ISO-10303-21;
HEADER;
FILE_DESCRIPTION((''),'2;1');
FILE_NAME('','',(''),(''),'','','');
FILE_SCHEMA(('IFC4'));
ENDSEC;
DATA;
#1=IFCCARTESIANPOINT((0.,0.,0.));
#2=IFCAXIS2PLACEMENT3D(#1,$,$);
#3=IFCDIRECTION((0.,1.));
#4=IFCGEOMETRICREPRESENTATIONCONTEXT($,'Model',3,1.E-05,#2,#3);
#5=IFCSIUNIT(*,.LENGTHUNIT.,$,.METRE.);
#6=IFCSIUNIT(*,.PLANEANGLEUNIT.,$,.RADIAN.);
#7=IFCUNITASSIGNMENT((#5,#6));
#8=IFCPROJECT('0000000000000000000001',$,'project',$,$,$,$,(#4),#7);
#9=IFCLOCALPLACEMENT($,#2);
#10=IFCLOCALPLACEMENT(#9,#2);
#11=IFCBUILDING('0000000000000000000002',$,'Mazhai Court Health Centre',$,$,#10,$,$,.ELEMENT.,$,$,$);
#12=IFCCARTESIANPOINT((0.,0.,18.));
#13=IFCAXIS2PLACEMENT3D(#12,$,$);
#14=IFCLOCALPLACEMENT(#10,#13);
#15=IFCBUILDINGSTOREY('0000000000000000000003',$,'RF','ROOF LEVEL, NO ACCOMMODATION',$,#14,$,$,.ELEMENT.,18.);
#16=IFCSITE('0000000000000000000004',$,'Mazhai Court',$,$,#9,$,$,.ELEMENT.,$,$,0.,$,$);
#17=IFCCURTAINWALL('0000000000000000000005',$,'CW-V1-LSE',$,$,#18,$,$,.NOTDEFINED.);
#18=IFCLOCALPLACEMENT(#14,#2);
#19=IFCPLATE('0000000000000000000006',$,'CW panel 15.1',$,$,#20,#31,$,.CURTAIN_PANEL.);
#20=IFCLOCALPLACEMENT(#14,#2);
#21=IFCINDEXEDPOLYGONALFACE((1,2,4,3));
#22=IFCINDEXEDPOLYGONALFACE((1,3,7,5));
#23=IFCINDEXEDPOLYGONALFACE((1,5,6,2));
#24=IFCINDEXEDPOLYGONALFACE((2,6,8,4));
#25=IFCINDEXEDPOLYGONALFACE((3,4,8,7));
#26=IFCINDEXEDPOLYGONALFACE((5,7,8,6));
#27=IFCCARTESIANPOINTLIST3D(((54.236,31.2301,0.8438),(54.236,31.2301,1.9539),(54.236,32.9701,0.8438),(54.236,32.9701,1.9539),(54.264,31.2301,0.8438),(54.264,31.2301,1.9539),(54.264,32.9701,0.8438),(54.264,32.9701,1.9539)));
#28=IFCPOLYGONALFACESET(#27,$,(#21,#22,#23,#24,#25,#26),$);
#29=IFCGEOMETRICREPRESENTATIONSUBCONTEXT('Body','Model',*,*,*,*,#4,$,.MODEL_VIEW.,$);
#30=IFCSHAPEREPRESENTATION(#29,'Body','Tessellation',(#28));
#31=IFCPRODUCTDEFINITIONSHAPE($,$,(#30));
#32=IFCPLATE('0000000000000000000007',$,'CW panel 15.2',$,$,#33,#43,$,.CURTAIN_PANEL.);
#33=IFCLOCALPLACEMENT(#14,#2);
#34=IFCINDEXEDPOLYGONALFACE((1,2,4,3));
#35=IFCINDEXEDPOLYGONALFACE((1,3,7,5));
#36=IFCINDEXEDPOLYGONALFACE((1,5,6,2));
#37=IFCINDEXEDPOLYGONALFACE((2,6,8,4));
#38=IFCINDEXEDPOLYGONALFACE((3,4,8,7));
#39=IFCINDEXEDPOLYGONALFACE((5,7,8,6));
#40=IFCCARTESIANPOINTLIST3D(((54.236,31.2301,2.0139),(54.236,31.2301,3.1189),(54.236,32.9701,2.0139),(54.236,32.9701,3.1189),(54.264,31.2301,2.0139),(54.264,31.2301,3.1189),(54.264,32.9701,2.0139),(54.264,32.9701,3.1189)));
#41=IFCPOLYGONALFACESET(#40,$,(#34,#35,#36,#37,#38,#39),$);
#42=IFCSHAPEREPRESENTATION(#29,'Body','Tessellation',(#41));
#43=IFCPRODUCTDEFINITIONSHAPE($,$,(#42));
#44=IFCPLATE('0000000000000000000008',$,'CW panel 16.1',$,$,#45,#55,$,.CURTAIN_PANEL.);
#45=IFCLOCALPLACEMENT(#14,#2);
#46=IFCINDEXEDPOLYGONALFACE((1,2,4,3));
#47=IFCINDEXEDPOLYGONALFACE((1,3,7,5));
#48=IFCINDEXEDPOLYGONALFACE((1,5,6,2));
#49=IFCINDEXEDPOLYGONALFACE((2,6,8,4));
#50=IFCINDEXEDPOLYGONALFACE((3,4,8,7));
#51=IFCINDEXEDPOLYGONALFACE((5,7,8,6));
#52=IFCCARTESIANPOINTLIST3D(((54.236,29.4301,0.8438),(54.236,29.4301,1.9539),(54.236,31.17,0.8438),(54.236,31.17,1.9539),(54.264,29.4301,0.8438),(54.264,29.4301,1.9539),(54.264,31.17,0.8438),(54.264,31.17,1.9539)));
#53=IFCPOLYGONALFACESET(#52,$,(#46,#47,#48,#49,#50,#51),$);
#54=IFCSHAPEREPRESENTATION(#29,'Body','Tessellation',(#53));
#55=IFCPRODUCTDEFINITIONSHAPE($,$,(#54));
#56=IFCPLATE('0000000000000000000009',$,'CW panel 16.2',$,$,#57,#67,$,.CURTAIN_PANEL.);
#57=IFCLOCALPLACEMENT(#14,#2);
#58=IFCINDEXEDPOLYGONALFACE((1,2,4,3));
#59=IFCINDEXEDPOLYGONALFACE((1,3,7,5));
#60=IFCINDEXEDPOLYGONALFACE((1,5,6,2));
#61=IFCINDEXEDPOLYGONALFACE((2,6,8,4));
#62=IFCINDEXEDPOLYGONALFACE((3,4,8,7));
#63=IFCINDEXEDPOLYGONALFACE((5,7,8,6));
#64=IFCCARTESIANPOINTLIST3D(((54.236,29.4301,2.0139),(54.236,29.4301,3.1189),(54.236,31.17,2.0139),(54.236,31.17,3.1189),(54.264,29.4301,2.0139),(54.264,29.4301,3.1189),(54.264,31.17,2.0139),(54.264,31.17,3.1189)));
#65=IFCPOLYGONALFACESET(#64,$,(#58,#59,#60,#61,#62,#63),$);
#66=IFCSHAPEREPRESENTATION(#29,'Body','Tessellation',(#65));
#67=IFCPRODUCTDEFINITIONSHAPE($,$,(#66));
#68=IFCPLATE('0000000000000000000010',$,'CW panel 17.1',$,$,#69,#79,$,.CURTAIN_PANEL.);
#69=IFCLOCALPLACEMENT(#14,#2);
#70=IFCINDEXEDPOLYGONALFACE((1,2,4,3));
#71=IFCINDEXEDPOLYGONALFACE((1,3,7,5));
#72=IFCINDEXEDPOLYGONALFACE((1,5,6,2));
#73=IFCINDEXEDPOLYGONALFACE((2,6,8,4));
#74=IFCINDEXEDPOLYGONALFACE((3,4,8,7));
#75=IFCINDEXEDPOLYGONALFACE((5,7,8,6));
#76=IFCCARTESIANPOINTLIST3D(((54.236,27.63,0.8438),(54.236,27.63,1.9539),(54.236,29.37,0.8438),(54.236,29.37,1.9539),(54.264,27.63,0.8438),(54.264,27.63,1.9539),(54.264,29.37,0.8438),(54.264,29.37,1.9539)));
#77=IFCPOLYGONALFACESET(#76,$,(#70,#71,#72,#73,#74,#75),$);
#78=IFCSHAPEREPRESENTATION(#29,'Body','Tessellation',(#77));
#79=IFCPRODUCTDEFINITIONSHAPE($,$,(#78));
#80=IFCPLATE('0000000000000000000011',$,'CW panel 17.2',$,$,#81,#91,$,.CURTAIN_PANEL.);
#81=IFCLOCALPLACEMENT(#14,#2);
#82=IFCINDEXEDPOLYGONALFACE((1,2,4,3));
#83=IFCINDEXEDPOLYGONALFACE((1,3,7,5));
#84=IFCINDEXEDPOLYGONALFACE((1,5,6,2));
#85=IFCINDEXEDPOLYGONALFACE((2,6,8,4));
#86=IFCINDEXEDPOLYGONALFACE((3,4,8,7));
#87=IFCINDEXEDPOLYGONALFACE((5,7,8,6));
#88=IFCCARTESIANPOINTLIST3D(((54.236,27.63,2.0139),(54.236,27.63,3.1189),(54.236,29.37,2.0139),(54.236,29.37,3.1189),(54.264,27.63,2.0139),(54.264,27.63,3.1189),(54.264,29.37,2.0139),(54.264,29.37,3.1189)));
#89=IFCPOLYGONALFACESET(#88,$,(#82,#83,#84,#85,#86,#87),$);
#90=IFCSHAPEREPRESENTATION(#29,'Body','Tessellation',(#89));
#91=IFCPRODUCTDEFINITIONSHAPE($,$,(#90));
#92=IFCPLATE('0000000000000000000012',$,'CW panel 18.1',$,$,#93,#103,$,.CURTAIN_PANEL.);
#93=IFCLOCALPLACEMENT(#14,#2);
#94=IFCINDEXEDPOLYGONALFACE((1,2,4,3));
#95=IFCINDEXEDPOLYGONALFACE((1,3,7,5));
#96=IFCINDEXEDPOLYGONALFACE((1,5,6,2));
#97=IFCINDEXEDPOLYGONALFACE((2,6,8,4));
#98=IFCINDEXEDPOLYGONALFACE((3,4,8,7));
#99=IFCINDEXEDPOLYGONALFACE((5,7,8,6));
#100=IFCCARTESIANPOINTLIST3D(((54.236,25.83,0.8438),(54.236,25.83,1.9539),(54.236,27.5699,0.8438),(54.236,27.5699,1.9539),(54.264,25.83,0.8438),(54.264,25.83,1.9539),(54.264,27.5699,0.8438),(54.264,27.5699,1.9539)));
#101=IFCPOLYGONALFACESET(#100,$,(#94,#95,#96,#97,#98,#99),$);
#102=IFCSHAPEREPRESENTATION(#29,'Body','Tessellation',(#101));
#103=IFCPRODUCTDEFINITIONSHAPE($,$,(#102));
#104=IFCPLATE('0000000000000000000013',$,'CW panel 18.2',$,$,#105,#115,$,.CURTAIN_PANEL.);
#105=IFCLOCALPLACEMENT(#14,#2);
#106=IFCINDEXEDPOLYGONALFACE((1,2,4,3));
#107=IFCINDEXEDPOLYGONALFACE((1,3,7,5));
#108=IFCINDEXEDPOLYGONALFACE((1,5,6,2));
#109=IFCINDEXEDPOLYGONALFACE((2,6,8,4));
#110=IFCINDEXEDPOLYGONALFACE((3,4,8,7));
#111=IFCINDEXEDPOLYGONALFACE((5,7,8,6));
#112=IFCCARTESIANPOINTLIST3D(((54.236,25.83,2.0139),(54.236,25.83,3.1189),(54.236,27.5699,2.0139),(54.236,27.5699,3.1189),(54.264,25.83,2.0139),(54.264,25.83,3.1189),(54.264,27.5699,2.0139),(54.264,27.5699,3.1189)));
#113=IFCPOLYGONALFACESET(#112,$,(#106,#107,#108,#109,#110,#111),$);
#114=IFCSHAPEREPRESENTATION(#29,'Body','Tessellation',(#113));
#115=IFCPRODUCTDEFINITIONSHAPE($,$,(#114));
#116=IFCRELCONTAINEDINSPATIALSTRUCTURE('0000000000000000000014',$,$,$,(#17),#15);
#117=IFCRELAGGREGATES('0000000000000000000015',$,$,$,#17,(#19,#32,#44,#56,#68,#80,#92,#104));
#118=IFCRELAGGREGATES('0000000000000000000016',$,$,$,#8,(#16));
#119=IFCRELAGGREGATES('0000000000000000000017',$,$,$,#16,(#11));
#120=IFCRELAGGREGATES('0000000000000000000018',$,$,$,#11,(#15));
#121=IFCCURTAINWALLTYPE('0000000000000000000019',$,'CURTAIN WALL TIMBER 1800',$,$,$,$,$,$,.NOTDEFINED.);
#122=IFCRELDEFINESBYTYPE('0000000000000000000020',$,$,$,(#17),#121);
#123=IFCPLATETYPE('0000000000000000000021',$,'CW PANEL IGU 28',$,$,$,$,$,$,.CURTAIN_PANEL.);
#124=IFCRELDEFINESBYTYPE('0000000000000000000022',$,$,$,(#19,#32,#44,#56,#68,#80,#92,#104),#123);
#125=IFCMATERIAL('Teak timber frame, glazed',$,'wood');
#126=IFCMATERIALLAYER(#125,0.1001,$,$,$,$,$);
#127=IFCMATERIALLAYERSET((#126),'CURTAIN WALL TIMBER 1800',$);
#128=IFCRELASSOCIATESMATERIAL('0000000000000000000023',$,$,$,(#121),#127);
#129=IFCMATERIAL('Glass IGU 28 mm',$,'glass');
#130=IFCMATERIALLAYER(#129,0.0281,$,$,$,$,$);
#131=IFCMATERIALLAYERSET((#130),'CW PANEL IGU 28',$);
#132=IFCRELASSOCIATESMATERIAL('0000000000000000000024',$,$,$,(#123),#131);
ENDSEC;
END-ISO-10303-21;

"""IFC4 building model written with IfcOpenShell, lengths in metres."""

from ifc_helpers import new_model, si_unit, direction, frame, origin, origin_2d, place, context, subcontext, project, spatial, rectangle, extrude, material, layer, layer_set, type_object, element, aggregate, save


model = new_model("IFC4")

# Units and contexts
model_context = context("Model", 3, precision=1e-05, world=origin(), true_north=direction((0.0, 1.0)))
body_context = subcontext(model_context, "Body", "Model", "MODEL_VIEW")
ifc_project = project(units=[si_unit("LENGTHUNIT", "METRE"), si_unit("PLANEANGLEUNIT", "RADIAN")], contexts=[model_context])

# Site, building, storey
site_placement = place(None, origin())
site = spatial("IfcSite", under=ifc_project, at=site_placement, Name="Mazhai Court", CompositionType="ELEMENT", RefElevation=0.0)
building_placement = place(site_placement, origin())
building = spatial("IfcBuilding", under=site, at=building_placement, Name="Mazhai Court Health Centre", CompositionType="ELEMENT")
storey_placement = place(building_placement, frame((0.0, 0.0, 18.0)))
storey = spatial("IfcBuildingStorey", under=building, at=storey_placement, Name="RF", Description="ROOF LEVEL, NO ACCOMMODATION", CompositionType="ELEMENT", Elevation=18.0)

# Curtain wall, plates
ifc_material_1 = material(Name="Teak timber frame, glazed", Category="wood")
ifc_layer_1 = layer(ifc_material_1, 0.1001)
ifc_layer_set_1 = layer_set([ifc_layer_1], Name="CURTAIN WALL TIMBER 1800")
curtain_wall_type = type_object("IfcCurtainWallType", Name="CURTAIN WALL TIMBER 1800", PredefinedType="NOTDEFINED", material=ifc_layer_set_1)
curtain_wall_placement = place(storey_placement, origin())
curtain_wall = element("IfcCurtainWall", 1, at=curtain_wall_placement, inside=storey, type_object=curtain_wall_type, Name="CW-V1-LSE", PredefinedType="NOTDEFINED")
ifc_material_2 = material(Name="Glass IGU 28 mm", Category="glass")
ifc_layer_2 = layer(ifc_material_2, 0.0281)
ifc_layer_set_2 = layer_set([ifc_layer_2], Name="CW PANEL IGU 28")
plate_type = type_object("IfcPlateType", Name="CW PANEL IGU 28", PredefinedType="CURTAIN_PANEL", material=ifc_layer_set_2)
plate_1_placement = place(storey_placement, frame((54.25, 32.1001, 0.8438), z_axis=(0.0, 0.0, 1.0), x_axis=(0.0, -1.0, 0.0)))
plate_1 = element("IfcPlate", 2, at=plate_1_placement, type_object=plate_type, Name="CW panel 15.1", PredefinedType="CURTAIN_PANEL", context=body_context, shape_type="SweptSolid", body=[
    extrude(rectangle(XDim=1.74, YDim=0.0281, at=origin_2d()), origin(), (0.0, 0.0, 1.0), 1.1101),
])
plate_2_placement = place(storey_placement, frame((54.25, 32.1001, 2.0139), z_axis=(0.0, 0.0, 1.0), x_axis=(0.0, -1.0, 0.0)))
plate_2 = element("IfcPlate", 3, at=plate_2_placement, type_object=plate_type, Name="CW panel 15.2", PredefinedType="CURTAIN_PANEL", context=body_context, shape_type="SweptSolid", body=[
    extrude(rectangle(XDim=1.74, YDim=0.0281, at=origin_2d()), origin(), (0.0, 0.0, 1.0), 1.105),
])
plate_3_placement = place(storey_placement, frame((54.25, 30.3, 0.8438), z_axis=(0.0, 0.0, 1.0), x_axis=(0.0, -1.0, 0.0)))
plate_3 = element("IfcPlate", 4, at=plate_3_placement, type_object=plate_type, Name="CW panel 16.1", PredefinedType="CURTAIN_PANEL", context=body_context, shape_type="SweptSolid", body=[
    extrude(rectangle(XDim=1.74, YDim=0.0281, at=origin_2d()), origin(), (0.0, 0.0, 1.0), 1.1101),
])
plate_4_placement = place(storey_placement, frame((54.25, 30.3, 2.0139), z_axis=(0.0, 0.0, 1.0), x_axis=(0.0, -1.0, 0.0)))
plate_4 = element("IfcPlate", 5, at=plate_4_placement, type_object=plate_type, Name="CW panel 16.2", PredefinedType="CURTAIN_PANEL", context=body_context, shape_type="SweptSolid", body=[
    extrude(rectangle(XDim=1.74, YDim=0.0281, at=origin_2d()), origin(), (0.0, 0.0, 1.0), 1.105),
])
plate_5_placement = place(storey_placement, frame((54.25, 28.5, 0.8438), z_axis=(0.0, 0.0, 1.0), x_axis=(0.0, -1.0, 0.0)))
plate_5 = element("IfcPlate", 6, at=plate_5_placement, type_object=plate_type, Name="CW panel 17.1", PredefinedType="CURTAIN_PANEL", context=body_context, shape_type="SweptSolid", body=[
    extrude(rectangle(XDim=1.74, YDim=0.0281, at=origin_2d()), origin(), (0.0, 0.0, 1.0), 1.1101),
])
plate_6_placement = place(storey_placement, frame((54.25, 28.5, 2.0139), z_axis=(0.0, 0.0, 1.0), x_axis=(0.0, -1.0, 0.0)))
plate_6 = element("IfcPlate", 7, at=plate_6_placement, type_object=plate_type, Name="CW panel 17.2", PredefinedType="CURTAIN_PANEL", context=body_context, shape_type="SweptSolid", body=[
    extrude(rectangle(XDim=1.74, YDim=0.0281, at=origin_2d()), origin(), (0.0, 0.0, 1.0), 1.105),
])
plate_7_placement = place(storey_placement, frame((54.25, 26.7, 0.8438), z_axis=(0.0, 0.0, 1.0), x_axis=(0.0, -1.0, 0.0)))
plate_7 = element("IfcPlate", 8, at=plate_7_placement, type_object=plate_type, Name="CW panel 18.1", PredefinedType="CURTAIN_PANEL", context=body_context, shape_type="SweptSolid", body=[
    extrude(rectangle(XDim=1.74, YDim=0.0281, at=origin_2d()), origin(), (0.0, 0.0, 1.0), 1.1101),
])
plate_8_placement = place(storey_placement, frame((54.25, 26.7, 2.0139), z_axis=(0.0, 0.0, 1.0), x_axis=(0.0, -1.0, 0.0)))
plate_8 = element("IfcPlate", 9, at=plate_8_placement, type_object=plate_type, Name="CW panel 18.2", PredefinedType="CURTAIN_PANEL", context=body_context, shape_type="SweptSolid", body=[
    extrude(rectangle(XDim=1.74, YDim=0.0281, at=origin_2d()), origin(), (0.0, 0.0, 1.0), 1.105),
])
aggregate(curtain_wall, [plate_1, plate_2, plate_3, plate_4, plate_5, plate_6, plate_7, plate_8])

save(model, "model.ifc")
